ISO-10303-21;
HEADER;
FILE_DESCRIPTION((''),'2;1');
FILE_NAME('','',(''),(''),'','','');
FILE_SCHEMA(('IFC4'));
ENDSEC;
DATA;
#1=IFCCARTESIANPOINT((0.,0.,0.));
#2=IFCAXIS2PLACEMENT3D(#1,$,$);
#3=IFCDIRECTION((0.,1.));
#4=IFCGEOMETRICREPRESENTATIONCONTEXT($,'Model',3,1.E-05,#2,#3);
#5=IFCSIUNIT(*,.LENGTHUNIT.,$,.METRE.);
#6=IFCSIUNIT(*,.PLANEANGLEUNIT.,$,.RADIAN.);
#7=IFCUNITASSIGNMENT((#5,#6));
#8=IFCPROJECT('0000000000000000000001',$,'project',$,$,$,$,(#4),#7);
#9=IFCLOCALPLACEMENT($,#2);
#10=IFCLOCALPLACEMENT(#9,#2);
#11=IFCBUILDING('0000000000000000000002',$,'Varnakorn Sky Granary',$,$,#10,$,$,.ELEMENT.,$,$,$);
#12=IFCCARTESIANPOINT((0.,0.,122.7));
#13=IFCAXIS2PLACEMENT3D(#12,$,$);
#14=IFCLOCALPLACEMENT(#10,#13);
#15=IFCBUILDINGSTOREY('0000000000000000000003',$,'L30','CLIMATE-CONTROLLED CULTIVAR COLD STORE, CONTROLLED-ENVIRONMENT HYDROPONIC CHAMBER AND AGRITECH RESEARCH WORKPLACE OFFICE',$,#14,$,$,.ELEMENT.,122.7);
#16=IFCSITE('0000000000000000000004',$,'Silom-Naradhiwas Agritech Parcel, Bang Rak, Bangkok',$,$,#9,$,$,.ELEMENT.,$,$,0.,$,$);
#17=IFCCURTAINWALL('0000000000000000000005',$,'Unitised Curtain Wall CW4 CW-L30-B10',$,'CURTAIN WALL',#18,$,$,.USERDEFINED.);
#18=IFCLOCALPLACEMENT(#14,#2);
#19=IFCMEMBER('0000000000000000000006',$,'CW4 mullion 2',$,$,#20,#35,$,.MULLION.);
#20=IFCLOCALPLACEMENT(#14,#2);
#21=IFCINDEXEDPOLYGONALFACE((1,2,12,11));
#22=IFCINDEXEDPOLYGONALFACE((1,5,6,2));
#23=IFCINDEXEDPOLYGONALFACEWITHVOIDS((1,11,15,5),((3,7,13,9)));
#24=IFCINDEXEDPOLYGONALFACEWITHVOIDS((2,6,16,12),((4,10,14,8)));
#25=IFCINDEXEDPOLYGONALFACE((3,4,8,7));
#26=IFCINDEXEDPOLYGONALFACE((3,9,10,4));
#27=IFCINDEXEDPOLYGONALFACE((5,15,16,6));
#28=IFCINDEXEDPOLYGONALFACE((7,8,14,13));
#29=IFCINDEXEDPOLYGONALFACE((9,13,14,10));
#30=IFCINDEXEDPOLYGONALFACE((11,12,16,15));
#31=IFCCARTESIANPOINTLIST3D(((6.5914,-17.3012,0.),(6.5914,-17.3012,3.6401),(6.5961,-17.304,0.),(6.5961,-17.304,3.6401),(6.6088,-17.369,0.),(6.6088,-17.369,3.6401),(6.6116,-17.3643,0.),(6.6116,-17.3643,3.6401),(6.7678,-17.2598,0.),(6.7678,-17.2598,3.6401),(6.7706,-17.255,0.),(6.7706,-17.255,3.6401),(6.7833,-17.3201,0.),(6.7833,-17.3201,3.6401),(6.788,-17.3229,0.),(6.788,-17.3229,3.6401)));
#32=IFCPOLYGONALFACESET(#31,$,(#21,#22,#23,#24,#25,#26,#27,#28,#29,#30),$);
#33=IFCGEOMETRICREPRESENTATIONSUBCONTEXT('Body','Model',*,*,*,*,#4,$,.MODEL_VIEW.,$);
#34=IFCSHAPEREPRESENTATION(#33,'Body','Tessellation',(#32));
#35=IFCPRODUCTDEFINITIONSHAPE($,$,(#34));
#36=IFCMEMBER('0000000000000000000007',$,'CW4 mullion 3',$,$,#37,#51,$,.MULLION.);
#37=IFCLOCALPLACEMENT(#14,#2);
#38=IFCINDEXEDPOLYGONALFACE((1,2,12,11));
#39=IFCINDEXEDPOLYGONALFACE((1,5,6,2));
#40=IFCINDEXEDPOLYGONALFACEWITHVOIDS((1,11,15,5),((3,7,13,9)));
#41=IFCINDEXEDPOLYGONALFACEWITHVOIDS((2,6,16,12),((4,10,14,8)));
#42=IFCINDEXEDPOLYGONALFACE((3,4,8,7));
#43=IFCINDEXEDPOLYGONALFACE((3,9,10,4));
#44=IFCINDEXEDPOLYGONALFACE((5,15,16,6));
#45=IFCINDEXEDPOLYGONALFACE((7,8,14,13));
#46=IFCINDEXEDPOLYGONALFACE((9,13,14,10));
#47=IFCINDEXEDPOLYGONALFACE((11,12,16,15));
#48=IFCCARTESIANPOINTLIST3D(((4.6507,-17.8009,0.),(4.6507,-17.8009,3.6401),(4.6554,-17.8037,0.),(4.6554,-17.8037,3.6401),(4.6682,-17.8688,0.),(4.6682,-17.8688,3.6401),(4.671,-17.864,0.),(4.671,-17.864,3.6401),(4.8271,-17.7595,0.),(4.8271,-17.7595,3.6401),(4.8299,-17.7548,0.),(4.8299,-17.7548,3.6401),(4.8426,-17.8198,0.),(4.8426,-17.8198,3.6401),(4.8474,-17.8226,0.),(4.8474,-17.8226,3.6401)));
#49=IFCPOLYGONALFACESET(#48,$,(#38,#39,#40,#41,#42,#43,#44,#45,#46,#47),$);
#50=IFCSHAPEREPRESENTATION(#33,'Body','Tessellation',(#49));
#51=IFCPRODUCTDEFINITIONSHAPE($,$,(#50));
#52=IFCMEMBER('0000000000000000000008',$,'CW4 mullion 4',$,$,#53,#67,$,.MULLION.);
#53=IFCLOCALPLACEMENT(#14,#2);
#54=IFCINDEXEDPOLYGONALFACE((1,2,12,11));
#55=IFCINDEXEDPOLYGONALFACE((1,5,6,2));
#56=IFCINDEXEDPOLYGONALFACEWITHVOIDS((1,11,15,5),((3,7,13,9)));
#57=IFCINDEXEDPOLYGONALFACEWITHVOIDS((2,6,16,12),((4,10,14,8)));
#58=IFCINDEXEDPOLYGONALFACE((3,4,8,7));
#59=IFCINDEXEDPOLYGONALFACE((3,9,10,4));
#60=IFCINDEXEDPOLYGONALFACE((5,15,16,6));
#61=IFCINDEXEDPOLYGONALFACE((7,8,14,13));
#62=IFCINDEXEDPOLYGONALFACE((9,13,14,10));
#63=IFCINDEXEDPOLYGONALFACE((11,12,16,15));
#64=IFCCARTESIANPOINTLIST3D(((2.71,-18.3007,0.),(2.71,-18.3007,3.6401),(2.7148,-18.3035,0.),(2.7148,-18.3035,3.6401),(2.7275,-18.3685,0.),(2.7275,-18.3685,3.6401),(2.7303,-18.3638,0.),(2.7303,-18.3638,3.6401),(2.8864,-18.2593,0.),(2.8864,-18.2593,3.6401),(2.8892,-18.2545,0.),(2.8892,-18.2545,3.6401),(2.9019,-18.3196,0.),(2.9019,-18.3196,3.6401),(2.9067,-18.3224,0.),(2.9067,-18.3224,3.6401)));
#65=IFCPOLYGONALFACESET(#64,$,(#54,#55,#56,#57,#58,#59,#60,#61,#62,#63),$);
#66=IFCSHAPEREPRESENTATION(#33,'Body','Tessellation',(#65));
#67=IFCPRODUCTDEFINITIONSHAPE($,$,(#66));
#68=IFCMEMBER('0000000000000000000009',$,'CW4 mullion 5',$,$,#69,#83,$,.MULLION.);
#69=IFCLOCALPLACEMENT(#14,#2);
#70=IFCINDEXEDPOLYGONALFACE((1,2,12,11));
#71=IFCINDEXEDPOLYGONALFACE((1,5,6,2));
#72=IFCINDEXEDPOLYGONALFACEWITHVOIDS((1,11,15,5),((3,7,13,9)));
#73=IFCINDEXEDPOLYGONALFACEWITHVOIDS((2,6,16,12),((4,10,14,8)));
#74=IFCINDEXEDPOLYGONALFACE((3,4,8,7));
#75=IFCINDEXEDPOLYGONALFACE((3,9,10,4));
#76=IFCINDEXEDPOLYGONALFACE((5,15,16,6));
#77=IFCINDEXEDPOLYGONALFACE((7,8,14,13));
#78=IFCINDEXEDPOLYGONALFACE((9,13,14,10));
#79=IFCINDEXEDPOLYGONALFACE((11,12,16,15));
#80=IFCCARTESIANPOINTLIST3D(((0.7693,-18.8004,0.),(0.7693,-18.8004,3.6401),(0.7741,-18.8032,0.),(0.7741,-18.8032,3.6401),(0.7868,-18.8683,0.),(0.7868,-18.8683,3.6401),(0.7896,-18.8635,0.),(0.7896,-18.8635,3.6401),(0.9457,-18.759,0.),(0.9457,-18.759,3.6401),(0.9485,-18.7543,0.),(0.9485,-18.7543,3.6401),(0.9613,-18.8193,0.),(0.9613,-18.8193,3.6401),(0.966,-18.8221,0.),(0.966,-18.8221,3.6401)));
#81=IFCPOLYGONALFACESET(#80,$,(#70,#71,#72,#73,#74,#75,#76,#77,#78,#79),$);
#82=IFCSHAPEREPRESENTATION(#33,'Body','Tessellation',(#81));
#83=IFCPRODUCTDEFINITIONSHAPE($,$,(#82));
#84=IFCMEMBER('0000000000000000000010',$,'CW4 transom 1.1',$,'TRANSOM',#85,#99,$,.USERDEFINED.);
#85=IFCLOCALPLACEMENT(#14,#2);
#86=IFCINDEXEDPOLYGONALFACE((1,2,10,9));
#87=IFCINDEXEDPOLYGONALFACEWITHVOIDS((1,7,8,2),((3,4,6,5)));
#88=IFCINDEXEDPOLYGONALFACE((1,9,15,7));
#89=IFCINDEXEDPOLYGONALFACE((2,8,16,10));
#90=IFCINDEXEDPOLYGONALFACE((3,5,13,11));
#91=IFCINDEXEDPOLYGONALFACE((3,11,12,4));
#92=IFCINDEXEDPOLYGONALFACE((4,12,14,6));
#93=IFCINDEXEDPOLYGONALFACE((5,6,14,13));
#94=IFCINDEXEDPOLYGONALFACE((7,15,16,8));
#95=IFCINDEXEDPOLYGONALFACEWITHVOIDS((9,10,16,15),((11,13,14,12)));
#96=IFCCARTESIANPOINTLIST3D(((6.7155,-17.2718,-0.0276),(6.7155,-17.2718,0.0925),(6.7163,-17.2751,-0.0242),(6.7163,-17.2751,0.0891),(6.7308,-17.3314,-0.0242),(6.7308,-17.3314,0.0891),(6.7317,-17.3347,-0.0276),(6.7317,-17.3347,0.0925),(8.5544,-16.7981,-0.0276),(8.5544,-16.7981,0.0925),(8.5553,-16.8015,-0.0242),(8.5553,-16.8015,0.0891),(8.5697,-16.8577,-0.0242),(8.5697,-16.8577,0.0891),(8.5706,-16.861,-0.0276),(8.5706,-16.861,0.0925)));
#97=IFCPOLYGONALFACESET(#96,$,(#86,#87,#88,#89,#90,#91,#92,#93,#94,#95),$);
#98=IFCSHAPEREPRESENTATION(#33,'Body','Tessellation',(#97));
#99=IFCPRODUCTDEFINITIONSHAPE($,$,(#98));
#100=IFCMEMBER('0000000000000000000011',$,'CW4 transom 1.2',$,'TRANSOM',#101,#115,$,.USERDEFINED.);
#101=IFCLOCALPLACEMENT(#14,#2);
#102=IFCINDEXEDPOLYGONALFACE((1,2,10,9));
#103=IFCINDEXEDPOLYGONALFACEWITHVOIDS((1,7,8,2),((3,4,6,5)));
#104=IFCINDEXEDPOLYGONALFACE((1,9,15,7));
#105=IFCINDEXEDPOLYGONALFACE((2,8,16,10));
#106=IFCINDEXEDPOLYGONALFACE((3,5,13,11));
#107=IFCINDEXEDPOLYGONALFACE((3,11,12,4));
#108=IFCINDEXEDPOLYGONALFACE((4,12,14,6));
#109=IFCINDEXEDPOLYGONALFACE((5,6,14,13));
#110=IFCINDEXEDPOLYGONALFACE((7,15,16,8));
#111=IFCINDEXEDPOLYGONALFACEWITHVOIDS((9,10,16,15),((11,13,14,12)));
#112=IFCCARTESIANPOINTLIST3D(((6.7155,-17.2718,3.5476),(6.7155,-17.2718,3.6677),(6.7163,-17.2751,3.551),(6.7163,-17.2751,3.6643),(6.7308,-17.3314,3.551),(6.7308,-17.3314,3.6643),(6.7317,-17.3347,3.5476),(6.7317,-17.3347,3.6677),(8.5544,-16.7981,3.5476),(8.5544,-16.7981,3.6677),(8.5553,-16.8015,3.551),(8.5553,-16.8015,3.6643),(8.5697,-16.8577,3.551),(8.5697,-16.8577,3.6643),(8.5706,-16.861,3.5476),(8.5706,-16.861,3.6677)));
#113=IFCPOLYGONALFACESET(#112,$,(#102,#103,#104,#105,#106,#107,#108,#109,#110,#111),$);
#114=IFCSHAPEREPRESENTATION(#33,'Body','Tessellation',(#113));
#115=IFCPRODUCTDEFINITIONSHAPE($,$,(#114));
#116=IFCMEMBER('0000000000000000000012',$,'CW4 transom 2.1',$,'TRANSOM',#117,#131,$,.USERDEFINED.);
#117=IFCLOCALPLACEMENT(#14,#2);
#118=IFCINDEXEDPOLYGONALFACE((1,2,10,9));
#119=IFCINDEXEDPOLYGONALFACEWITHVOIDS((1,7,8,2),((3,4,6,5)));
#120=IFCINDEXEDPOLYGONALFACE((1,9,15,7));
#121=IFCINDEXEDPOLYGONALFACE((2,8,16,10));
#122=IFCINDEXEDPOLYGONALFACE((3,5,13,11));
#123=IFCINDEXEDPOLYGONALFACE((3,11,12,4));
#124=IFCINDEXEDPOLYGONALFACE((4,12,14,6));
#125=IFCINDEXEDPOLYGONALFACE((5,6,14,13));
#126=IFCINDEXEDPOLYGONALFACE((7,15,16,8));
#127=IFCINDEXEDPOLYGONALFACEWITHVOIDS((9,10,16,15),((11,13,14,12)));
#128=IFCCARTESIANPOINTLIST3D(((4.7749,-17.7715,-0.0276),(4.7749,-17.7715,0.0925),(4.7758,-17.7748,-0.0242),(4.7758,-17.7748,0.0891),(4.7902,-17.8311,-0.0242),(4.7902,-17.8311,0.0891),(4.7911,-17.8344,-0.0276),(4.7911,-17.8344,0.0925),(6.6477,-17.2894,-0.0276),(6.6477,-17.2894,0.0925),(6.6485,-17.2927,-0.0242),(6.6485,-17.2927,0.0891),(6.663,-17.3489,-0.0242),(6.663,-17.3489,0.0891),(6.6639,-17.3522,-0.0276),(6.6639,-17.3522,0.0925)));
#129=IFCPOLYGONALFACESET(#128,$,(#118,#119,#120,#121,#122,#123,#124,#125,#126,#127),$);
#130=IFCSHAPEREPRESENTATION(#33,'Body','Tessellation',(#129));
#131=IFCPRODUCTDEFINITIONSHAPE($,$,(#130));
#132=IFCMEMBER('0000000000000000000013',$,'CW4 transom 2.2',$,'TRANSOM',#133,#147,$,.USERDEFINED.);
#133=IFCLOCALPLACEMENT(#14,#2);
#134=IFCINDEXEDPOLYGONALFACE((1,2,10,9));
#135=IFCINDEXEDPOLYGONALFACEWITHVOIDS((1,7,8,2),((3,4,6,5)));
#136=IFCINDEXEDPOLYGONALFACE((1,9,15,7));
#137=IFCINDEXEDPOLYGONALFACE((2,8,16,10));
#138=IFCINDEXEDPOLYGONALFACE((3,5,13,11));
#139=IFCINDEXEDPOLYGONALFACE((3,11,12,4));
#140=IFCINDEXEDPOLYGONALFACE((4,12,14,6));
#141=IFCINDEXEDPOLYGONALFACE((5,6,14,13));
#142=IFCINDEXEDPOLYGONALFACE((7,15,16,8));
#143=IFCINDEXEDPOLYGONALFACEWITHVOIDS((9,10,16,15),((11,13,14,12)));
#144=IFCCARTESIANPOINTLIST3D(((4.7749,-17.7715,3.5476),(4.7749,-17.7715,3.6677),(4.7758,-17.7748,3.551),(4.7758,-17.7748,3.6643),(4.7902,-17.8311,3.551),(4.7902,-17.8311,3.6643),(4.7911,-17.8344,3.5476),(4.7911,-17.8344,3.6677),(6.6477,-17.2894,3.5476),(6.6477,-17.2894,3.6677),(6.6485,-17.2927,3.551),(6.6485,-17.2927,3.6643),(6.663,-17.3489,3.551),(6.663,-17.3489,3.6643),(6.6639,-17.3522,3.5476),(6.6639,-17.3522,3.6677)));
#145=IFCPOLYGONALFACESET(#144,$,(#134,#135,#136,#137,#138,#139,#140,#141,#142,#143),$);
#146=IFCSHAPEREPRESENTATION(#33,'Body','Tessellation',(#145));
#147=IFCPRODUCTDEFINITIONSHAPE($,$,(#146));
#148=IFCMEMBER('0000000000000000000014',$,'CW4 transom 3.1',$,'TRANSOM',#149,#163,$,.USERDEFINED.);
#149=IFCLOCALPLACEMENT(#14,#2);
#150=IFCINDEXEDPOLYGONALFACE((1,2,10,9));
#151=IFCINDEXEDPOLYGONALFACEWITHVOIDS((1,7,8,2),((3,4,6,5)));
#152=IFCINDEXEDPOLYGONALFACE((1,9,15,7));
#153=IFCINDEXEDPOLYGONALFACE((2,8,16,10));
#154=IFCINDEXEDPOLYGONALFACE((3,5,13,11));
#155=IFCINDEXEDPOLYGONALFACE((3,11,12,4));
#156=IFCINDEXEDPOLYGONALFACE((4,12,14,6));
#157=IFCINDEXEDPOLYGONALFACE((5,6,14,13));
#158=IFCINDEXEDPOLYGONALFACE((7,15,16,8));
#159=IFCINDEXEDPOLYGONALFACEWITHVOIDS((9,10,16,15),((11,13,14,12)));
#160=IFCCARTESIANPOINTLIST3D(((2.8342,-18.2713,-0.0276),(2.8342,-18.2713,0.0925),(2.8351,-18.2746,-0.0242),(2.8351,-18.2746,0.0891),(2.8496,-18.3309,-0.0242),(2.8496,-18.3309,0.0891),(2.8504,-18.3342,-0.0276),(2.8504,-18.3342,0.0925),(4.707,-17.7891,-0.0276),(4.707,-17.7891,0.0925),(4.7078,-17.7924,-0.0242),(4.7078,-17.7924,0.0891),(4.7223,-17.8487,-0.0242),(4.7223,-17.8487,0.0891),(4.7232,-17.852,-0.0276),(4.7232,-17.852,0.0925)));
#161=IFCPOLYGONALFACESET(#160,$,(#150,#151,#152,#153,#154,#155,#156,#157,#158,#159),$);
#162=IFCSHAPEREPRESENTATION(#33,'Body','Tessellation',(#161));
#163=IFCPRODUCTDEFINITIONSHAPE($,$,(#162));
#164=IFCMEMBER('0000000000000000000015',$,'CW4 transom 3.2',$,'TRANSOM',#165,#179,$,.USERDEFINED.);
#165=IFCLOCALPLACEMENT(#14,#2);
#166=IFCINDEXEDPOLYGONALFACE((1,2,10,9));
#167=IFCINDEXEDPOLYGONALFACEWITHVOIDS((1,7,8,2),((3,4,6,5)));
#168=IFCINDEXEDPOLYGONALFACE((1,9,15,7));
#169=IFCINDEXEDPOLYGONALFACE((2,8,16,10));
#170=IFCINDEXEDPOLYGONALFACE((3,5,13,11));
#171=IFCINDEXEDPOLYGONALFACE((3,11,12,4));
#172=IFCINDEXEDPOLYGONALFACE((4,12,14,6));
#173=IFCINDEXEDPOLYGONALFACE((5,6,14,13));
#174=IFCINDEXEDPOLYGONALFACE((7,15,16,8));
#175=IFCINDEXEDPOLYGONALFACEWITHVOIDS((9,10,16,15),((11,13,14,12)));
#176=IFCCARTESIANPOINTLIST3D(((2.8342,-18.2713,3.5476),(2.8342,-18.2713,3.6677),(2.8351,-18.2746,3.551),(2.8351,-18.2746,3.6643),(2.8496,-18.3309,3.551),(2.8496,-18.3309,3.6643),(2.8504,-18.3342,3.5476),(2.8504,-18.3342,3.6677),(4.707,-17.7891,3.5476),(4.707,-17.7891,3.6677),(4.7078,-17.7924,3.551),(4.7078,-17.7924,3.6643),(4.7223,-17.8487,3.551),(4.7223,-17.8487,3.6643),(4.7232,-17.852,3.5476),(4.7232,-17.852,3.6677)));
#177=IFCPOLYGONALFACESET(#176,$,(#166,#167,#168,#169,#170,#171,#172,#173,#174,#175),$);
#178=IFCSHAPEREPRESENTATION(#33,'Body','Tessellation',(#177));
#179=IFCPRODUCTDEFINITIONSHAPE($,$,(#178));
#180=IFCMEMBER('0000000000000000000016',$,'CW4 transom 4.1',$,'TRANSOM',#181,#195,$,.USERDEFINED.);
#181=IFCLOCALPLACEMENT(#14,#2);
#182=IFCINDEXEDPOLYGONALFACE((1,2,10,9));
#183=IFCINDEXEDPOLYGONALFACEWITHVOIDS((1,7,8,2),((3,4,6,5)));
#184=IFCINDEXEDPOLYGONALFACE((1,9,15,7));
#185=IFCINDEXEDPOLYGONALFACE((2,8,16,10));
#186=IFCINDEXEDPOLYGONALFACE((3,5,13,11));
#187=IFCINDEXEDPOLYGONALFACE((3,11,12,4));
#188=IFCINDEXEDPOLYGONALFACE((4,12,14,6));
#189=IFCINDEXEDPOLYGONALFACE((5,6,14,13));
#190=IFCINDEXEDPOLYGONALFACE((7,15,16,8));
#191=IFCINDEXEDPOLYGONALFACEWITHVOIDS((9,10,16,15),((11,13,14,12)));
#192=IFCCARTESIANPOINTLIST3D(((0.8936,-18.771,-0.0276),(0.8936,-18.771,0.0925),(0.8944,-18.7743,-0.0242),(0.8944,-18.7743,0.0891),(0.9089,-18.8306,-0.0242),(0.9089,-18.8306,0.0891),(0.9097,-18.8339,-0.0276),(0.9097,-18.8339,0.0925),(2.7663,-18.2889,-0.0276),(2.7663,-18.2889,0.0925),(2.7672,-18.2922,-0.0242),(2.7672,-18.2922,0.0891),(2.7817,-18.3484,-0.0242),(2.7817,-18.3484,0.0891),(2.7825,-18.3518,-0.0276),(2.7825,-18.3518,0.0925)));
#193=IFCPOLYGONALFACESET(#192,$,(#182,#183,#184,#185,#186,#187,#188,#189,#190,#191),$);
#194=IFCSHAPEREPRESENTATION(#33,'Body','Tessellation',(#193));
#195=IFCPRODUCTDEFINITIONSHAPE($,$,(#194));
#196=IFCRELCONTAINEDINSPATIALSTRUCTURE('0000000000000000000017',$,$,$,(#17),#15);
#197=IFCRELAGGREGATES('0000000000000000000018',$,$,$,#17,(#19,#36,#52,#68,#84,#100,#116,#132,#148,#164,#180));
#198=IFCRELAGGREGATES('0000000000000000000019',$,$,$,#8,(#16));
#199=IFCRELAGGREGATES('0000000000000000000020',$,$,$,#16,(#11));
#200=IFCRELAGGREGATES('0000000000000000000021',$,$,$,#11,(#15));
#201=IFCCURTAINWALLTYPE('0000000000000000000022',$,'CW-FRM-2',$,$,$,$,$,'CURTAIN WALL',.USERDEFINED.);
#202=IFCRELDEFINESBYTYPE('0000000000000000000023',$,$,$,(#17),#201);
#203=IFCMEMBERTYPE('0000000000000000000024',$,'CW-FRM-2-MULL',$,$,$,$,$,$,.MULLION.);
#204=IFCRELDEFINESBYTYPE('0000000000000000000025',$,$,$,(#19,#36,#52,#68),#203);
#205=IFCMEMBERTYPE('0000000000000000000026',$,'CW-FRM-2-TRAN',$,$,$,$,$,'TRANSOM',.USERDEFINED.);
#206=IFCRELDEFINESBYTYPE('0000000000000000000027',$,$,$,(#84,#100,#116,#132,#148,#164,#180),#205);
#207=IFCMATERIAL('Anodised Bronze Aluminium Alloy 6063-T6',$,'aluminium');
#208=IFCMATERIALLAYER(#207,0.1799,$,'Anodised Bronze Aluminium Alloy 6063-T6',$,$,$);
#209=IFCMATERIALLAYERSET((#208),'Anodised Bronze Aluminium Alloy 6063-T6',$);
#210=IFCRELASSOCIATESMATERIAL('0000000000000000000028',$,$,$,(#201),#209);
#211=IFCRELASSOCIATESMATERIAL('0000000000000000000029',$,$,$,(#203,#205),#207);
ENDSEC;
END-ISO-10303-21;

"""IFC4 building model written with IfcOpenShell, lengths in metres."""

from ifc_helpers import new_model, si_unit, direction, frame, origin, origin_2d, place, context, subcontext, project, spatial, hollow_rectangle, extrude, material, layer, layer_set, material_profile, profile_set, type_object, element, aggregate, save


model = new_model("IFC4")

# Units and contexts
model_context = context("Model", 3, precision=1e-05, world=origin(), true_north=direction((0.0, 1.0)))
body_context = subcontext(model_context, "Body", "Model", "MODEL_VIEW")
ifc_project = project(units=[si_unit("LENGTHUNIT", "METRE"), si_unit("PLANEANGLEUNIT", "RADIAN")], contexts=[model_context])

# Site, building, storey
site_placement = place(None, origin())
site = spatial("IfcSite", under=ifc_project, at=site_placement, Name="Silom-Naradhiwas Agritech Parcel, Bang Rak, Bangkok", CompositionType="ELEMENT", RefElevation=0.0)
building_placement = place(site_placement, origin())
building = spatial("IfcBuilding", under=site, at=building_placement, Name="Varnakorn Sky Granary", CompositionType="ELEMENT")
storey_placement = place(building_placement, frame((0.0, 0.0, 122.7)))
storey = spatial("IfcBuildingStorey", under=building, at=storey_placement, Name="L30", Description="CLIMATE-CONTROLLED CULTIVAR COLD STORE, CONTROLLED-ENVIRONMENT HYDROPONIC CHAMBER AND AGRITECH RESEARCH WORKPLACE OFFICE", CompositionType="ELEMENT", Elevation=122.7)

# Curtain wall, members
ifc_material_1 = material(Name="Anodised Bronze Aluminium Alloy 6063-T6", Category="aluminium")
ifc_layer_1 = layer(ifc_material_1, 0.1799, Name="Anodised Bronze Aluminium Alloy 6063-T6")
ifc_layer_set_1 = layer_set([ifc_layer_1], Name="Anodised Bronze Aluminium Alloy 6063-T6")
curtain_wall_type = type_object("IfcCurtainWallType", Name="CW-FRM-2", ElementType="CURTAIN WALL", PredefinedType="USERDEFINED", material=ifc_layer_set_1)
curtain_wall_placement = place(storey_placement, origin())
curtain_wall = element("IfcCurtainWall", 1, at=curtain_wall_placement, inside=storey, type_object=curtain_wall_type, Name="Unitised Curtain Wall CW4 CW-L30-B10", ObjectType="CURTAIN WALL", PredefinedType="USERDEFINED")
ifc_material_profile_1 = material_profile(ifc_material_1, hollow_rectangle(XDim=0.0701, YDim=0.1851, WallThickness=0.0039, at=origin_2d()), Name="ALU MULL 70x185")
ifc_profile_set_1 = profile_set([ifc_material_profile_1], Name="Anodised Bronze Aluminium Alloy 6063-T6")
member_type_1 = type_object("IfcMemberType", Name="CW-FRM-2-MULL", PredefinedType="MULLION", material=ifc_profile_set_1)
member_1_placement = place(storey_placement, frame((6.6897, -17.312, 0.0), z_axis=(0.0, 0.0, 1.0), x_axis=(0.249384, -0.968405, 0.0)))
member_1 = element("IfcMember", 2, at=member_1_placement, type_object=member_type_1, Name="CW4 mullion 2", PredefinedType="MULLION", context=body_context, shape_type="SweptSolid", body=[
    extrude(hollow_rectangle(XDim=0.0701, YDim=0.1851, WallThickness=0.0039, at=origin_2d()), origin(), (0.0, 0.0, 1.0), 3.6401),
])
member_2_placement = place(storey_placement, frame((4.749, -17.8118, 0.0), z_axis=(0.0, 0.0, 1.0), x_axis=(0.249384, -0.968405, 0.0)))
member_2 = element("IfcMember", 3, at=member_2_placement, type_object=member_type_1, Name="CW4 mullion 3", PredefinedType="MULLION", context=body_context, shape_type="SweptSolid", body=[
    extrude(hollow_rectangle(XDim=0.0701, YDim=0.1851, WallThickness=0.0039, at=origin_2d()), origin(), (0.0, 0.0, 1.0), 3.6401),
])
member_3_placement = place(storey_placement, frame((2.8083, -18.3115, 0.0), z_axis=(0.0, 0.0, 1.0), x_axis=(0.249384, -0.968405, 0.0)))
member_3 = element("IfcMember", 4, at=member_3_placement, type_object=member_type_1, Name="CW4 mullion 4", PredefinedType="MULLION", context=body_context, shape_type="SweptSolid", body=[
    extrude(hollow_rectangle(XDim=0.0701, YDim=0.1851, WallThickness=0.0039, at=origin_2d()), origin(), (0.0, 0.0, 1.0), 3.6401),
])
member_4_placement = place(storey_placement, frame((0.8677, -18.8113, 0.0), z_axis=(0.0, 0.0, 1.0), x_axis=(0.249384, -0.968405, 0.0)))
member_4 = element("IfcMember", 5, at=member_4_placement, type_object=member_type_1, Name="CW4 mullion 5", PredefinedType="MULLION", context=body_context, shape_type="SweptSolid", body=[
    extrude(hollow_rectangle(XDim=0.0701, YDim=0.1851, WallThickness=0.0039, at=origin_2d()), origin(), (0.0, 0.0, 1.0), 3.6401),
])
ifc_material_profile_2 = material_profile(ifc_material_1, hollow_rectangle(XDim=0.0649, YDim=0.1201, WallThickness=0.0034, at=origin_2d()), Name="ALU TRAN 65x120")
ifc_profile_set_2 = profile_set([ifc_material_profile_2], Name="Anodised Bronze Aluminium Alloy 6063-T6")
member_type_2 = type_object("IfcMemberType", Name="CW-FRM-2-TRAN", ElementType="TRANSOM", PredefinedType="USERDEFINED", material=ifc_profile_set_2)
member_5_placement = place(storey_placement, frame((8.5625, -16.8296, 0.0325), z_axis=(-0.968394, -0.249427, 0.0), x_axis=(0.249427, -0.968394, 0.0)))
member_5 = element("IfcMember", 6, at=member_5_placement, type_object=member_type_2, Name="CW4 transom 1.1", ObjectType="TRANSOM", PredefinedType="USERDEFINED", context=body_context, shape_type="SweptSolid", body=[
    extrude(hollow_rectangle(XDim=0.0649, YDim=0.1201, WallThickness=0.0034, at=origin_2d()), origin(), (0.0, 0.0, 1.0), 1.8989),
])
member_6_placement = place(storey_placement, frame((8.5625, -16.8296, 3.6077), z_axis=(-0.968394, -0.249427, 0.0), x_axis=(0.249427, -0.968394, 0.0)))
member_6 = element("IfcMember", 7, at=member_6_placement, type_object=member_type_2, Name="CW4 transom 1.2", ObjectType="TRANSOM", PredefinedType="USERDEFINED", context=body_context, shape_type="SweptSolid", body=[
    extrude(hollow_rectangle(XDim=0.0649, YDim=0.1201, WallThickness=0.0034, at=origin_2d()), origin(), (0.0, 0.0, 1.0), 1.8989),
])
member_7_placement = place(storey_placement, frame((6.6558, -17.3208, 0.0325), z_axis=(-0.968418, -0.249332, 0.0), x_axis=(0.249332, -0.968418, 0.0)))
member_7 = element("IfcMember", 8, at=member_7_placement, type_object=member_type_2, Name="CW4 transom 2.1", ObjectType="TRANSOM", PredefinedType="USERDEFINED", context=body_context, shape_type="SweptSolid", body=[
    extrude(hollow_rectangle(XDim=0.0649, YDim=0.1201, WallThickness=0.0034, at=origin_2d()), origin(), (0.0, 0.0, 1.0), 1.9338),
])
member_8_placement = place(storey_placement, frame((6.6558, -17.3208, 3.6077), z_axis=(-0.968418, -0.249332, 0.0), x_axis=(0.249332, -0.968418, 0.0)))
member_8 = element("IfcMember", 9, at=member_8_placement, type_object=member_type_2, Name="CW4 transom 2.2", ObjectType="TRANSOM", PredefinedType="USERDEFINED", context=body_context, shape_type="SweptSolid", body=[
    extrude(hollow_rectangle(XDim=0.0649, YDim=0.1201, WallThickness=0.0034, at=origin_2d()), origin(), (0.0, 0.0, 1.0), 1.9338),
])
member_9_placement = place(storey_placement, frame((4.7151, -17.8206, 0.0325), z_axis=(-0.968418, -0.249332, 0.0), x_axis=(0.249332, -0.968418, 0.0)))
member_9 = element("IfcMember", 10, at=member_9_placement, type_object=member_type_2, Name="CW4 transom 3.1", ObjectType="TRANSOM", PredefinedType="USERDEFINED", context=body_context, shape_type="SweptSolid", body=[
    extrude(hollow_rectangle(XDim=0.0649, YDim=0.1201, WallThickness=0.0034, at=origin_2d()), origin(), (0.0, 0.0, 1.0), 1.9338),
])
member_10_placement = place(storey_placement, frame((4.7151, -17.8206, 3.6077), z_axis=(-0.968418, -0.249332, 0.0), x_axis=(0.249332, -0.968418, 0.0)))
member_10 = element("IfcMember", 11, at=member_10_placement, type_object=member_type_2, Name="CW4 transom 3.2", ObjectType="TRANSOM", PredefinedType="USERDEFINED", context=body_context, shape_type="SweptSolid", body=[
    extrude(hollow_rectangle(XDim=0.0649, YDim=0.1201, WallThickness=0.0034, at=origin_2d()), origin(), (0.0, 0.0, 1.0), 1.9338),
])
member_11_placement = place(storey_placement, frame((2.7744, -18.3203, 0.0325), z_axis=(-0.968418, -0.249332, 0.0), x_axis=(0.249332, -0.968418, 0.0)))
member_11 = element("IfcMember", 12, at=member_11_placement, type_object=member_type_2, Name="CW4 transom 4.1", ObjectType="TRANSOM", PredefinedType="USERDEFINED", context=body_context, shape_type="SweptSolid", body=[
    extrude(hollow_rectangle(XDim=0.0649, YDim=0.1201, WallThickness=0.0034, at=origin_2d()), origin(), (0.0, 0.0, 1.0), 1.9338),
])
aggregate(curtain_wall, [member_1, member_2, member_3, member_4, member_5, member_6, member_7, member_8, member_9, member_10, member_11])

save(model, "model.ifc")
